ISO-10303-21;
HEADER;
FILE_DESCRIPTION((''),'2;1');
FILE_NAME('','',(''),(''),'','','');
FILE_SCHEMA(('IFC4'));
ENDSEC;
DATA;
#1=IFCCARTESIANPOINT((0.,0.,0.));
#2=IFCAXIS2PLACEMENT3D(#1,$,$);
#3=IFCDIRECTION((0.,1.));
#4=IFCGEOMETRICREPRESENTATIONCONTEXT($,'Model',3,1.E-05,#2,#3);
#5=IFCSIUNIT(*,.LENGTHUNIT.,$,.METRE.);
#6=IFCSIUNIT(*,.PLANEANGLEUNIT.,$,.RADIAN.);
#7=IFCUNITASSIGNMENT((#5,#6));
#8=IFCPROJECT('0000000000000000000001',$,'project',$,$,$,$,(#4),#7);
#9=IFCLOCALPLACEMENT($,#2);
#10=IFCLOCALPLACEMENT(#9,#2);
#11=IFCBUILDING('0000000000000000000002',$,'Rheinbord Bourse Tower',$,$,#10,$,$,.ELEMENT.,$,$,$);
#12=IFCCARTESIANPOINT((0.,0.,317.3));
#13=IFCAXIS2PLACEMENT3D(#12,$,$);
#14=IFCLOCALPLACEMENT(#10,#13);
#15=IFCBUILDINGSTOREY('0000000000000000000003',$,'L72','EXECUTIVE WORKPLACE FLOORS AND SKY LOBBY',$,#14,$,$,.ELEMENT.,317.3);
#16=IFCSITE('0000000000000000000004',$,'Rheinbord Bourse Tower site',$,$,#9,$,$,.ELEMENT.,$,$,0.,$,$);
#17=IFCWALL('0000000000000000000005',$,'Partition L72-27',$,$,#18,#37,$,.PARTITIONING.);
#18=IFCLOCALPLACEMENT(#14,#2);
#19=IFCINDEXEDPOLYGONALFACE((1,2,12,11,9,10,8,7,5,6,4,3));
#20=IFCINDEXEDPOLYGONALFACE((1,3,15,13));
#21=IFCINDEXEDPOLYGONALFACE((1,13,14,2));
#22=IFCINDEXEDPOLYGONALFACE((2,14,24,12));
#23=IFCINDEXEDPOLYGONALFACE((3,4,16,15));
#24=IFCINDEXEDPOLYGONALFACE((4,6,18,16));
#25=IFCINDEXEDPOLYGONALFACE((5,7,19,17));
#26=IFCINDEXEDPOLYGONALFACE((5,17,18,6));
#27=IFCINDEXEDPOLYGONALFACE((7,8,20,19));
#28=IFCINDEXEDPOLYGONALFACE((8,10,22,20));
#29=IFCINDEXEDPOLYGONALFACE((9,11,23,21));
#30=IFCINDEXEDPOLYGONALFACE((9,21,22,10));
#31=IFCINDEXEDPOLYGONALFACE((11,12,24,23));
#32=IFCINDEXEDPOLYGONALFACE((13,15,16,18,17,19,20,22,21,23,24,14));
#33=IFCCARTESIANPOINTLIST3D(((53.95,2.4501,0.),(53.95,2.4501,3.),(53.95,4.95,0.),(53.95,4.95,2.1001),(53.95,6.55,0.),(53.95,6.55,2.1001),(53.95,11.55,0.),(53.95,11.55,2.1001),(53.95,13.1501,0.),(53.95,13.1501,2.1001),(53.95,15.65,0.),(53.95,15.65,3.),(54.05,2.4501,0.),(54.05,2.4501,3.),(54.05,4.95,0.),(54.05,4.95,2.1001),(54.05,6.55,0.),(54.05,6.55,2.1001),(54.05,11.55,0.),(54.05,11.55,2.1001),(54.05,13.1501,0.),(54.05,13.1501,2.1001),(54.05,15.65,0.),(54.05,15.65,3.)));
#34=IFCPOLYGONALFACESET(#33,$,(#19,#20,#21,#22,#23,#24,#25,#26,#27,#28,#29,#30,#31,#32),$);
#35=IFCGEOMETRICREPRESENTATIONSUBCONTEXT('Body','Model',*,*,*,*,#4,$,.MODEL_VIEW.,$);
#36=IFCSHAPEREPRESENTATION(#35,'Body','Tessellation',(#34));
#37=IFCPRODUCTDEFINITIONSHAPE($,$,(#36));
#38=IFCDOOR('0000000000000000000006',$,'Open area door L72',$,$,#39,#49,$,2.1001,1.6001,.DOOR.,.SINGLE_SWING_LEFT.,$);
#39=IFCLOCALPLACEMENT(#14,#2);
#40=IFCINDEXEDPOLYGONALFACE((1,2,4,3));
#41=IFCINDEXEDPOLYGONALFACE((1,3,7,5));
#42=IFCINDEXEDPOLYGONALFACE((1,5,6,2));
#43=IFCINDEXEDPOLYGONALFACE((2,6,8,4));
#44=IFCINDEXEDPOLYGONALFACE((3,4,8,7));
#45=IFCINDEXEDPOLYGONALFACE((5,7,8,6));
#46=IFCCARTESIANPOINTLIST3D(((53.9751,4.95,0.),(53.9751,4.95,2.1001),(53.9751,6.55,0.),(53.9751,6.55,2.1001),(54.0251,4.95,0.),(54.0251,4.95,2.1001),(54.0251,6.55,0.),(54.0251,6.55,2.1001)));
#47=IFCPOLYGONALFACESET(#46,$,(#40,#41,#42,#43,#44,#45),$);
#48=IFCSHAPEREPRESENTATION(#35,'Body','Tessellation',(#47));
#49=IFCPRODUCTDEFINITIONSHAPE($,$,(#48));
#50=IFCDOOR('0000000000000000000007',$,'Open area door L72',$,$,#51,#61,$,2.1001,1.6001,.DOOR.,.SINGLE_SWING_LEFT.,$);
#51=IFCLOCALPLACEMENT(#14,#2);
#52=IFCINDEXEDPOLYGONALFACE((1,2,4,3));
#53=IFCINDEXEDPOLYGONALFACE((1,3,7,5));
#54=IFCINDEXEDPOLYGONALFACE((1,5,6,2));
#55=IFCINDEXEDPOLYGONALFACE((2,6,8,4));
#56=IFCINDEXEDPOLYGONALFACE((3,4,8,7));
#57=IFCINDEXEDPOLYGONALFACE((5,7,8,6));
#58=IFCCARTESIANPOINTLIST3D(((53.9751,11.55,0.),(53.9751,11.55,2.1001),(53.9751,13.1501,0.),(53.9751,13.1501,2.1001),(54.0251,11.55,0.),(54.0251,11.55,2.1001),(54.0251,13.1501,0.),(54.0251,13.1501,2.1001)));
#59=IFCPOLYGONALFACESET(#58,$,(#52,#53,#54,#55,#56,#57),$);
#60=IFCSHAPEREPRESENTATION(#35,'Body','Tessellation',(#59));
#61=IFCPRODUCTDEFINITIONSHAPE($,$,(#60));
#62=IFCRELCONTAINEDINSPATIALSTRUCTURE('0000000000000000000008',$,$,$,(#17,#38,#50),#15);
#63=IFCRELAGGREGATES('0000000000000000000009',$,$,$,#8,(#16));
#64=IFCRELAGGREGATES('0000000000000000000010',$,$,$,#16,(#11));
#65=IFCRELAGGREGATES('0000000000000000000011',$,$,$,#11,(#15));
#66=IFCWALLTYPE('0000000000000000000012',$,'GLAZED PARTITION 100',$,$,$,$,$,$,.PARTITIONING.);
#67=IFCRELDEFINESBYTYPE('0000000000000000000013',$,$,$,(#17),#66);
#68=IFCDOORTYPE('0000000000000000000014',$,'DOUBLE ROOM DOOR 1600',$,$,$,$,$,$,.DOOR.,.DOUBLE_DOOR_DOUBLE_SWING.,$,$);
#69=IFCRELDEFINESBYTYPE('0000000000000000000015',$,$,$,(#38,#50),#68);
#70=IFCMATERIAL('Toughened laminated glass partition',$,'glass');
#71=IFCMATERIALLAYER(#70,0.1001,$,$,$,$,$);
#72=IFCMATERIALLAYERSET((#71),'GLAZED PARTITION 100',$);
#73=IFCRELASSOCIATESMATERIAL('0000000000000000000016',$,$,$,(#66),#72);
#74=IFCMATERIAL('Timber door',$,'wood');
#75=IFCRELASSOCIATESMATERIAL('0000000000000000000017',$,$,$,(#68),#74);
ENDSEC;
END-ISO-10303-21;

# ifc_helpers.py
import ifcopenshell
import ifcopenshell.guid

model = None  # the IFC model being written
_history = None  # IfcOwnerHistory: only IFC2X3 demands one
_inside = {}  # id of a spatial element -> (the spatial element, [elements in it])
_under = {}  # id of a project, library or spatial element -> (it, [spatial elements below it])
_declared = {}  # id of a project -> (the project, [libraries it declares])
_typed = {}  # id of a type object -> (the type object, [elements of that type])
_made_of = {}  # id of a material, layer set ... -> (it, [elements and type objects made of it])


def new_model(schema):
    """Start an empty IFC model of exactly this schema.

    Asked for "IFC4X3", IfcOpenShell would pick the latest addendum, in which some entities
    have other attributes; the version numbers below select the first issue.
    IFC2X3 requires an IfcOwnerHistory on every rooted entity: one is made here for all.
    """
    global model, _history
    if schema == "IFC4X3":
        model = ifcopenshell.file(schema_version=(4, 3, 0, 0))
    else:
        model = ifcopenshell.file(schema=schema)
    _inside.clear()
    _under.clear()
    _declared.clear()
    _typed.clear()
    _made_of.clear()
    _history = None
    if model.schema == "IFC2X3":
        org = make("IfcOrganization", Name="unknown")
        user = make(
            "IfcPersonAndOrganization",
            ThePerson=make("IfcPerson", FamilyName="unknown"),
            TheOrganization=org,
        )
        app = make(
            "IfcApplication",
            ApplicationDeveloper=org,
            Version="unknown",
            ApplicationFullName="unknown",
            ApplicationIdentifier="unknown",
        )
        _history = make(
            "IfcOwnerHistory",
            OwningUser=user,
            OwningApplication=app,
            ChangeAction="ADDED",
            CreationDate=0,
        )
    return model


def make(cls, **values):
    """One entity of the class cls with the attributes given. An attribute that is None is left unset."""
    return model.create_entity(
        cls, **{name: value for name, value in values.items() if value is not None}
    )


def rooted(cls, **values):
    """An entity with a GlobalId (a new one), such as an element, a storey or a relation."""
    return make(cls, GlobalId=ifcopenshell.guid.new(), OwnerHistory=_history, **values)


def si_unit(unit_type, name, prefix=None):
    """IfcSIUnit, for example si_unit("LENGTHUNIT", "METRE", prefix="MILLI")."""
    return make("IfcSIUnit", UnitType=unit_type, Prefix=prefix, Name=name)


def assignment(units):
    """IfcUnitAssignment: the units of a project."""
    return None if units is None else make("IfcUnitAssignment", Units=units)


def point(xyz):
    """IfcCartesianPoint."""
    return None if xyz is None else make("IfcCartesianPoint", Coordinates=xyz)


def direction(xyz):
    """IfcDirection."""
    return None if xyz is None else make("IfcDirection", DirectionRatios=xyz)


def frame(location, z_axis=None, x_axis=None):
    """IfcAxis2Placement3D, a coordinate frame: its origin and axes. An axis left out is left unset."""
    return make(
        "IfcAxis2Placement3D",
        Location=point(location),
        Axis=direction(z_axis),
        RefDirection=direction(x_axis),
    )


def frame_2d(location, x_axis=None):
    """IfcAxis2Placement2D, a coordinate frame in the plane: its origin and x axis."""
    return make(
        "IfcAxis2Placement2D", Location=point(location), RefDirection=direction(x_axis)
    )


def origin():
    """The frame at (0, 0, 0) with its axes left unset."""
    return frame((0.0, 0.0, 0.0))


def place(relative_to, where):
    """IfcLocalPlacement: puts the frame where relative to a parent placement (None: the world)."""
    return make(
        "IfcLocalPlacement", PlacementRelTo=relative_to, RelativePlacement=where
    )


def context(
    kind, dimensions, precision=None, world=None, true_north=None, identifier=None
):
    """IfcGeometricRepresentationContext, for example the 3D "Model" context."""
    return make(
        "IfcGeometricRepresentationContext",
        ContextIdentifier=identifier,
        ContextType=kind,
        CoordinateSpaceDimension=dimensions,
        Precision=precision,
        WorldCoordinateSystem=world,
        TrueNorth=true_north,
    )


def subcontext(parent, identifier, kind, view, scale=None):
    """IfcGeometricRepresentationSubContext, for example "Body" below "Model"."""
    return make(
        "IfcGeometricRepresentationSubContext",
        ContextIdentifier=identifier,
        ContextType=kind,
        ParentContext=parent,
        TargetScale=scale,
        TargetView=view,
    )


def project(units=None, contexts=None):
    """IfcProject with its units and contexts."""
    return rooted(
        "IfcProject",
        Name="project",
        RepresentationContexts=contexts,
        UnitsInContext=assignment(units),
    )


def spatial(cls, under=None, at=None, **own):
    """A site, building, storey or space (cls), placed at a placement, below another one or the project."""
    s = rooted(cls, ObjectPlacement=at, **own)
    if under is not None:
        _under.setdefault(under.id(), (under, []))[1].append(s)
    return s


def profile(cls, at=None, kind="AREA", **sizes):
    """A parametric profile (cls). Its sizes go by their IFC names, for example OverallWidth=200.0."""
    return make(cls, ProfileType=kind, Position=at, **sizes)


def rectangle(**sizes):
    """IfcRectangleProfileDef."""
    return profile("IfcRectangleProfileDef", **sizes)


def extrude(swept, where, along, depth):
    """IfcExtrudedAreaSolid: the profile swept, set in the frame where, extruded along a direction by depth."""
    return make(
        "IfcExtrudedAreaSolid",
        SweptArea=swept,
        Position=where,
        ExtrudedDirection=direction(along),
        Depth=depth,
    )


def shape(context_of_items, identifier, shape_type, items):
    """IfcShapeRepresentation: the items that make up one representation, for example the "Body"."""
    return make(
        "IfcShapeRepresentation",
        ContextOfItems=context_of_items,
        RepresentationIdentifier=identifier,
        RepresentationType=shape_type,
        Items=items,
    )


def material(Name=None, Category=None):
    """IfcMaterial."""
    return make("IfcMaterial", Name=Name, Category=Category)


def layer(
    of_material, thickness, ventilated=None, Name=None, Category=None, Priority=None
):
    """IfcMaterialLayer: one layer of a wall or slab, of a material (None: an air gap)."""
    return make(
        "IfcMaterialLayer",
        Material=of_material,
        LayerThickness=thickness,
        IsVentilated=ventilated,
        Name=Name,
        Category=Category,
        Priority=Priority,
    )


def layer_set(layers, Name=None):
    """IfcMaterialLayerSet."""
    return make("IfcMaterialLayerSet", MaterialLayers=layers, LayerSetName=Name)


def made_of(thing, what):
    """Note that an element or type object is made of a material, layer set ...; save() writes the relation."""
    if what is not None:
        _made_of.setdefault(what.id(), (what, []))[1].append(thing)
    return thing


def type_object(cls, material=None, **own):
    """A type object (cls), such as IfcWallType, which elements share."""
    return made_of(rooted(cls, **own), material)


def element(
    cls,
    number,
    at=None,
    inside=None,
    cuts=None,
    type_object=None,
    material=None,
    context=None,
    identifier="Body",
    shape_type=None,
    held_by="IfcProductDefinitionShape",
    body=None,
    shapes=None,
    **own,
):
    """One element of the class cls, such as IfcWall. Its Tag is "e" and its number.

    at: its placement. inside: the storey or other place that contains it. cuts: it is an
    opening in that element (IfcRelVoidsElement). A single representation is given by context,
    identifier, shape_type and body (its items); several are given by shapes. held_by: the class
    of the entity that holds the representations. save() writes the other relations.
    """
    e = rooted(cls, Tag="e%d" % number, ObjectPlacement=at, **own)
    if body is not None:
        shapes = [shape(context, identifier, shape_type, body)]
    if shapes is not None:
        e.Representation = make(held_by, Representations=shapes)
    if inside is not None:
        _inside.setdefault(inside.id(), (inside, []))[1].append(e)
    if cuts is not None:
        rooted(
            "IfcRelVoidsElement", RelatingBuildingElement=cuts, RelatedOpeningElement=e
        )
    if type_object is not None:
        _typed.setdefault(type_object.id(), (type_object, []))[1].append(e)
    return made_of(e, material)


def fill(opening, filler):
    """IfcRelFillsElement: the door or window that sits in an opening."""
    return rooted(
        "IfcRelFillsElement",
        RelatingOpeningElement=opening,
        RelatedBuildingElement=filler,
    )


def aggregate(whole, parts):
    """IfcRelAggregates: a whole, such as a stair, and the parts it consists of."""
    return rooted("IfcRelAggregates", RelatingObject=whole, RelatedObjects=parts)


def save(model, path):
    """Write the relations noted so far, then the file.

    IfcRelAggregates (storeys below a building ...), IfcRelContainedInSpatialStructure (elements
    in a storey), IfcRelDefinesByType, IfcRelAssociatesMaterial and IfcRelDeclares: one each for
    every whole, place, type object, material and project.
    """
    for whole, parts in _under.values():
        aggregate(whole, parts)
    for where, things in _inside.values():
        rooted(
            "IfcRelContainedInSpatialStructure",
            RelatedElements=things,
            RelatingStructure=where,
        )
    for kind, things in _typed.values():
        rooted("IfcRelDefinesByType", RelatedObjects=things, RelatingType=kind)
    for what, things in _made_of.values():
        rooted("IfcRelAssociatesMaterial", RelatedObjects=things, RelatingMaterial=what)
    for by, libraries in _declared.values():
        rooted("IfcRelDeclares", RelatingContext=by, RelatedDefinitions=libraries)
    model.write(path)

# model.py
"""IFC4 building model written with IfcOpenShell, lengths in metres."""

from ifc_helpers import new_model, si_unit, direction, frame, frame_2d, origin, place, context, subcontext, project, spatial, rectangle, extrude, material, layer, layer_set, type_object, element, fill, save


model = new_model("IFC4")

# Units and contexts
model_context = context("Model", 3, precision=1e-05, world=origin(), true_north=direction((0.0, 1.0)))
body_context = subcontext(model_context, "Body", "Model", "MODEL_VIEW")
ifc_project = project(units=[si_unit("LENGTHUNIT", "METRE"), si_unit("PLANEANGLEUNIT", "RADIAN")], contexts=[model_context])

# Site, building, storey
site_placement = place(None, origin())
site = spatial("IfcSite", under=ifc_project, at=site_placement, Name="Rheinbord Bourse Tower site", CompositionType="ELEMENT", RefElevation=0.0)
building_placement = place(site_placement, origin())
building = spatial("IfcBuilding", under=site, at=building_placement, Name="Rheinbord Bourse Tower", CompositionType="ELEMENT")
storey_placement = place(building_placement, frame((0.0, 0.0, 317.3)))
storey = spatial("IfcBuildingStorey", under=building, at=storey_placement, Name="L72", Description="EXECUTIVE WORKPLACE FLOORS AND SKY LOBBY", CompositionType="ELEMENT", Elevation=317.3)

# Wall, openings, doors
ifc_material_1 = material(Name="Toughened laminated glass partition", Category="glass")
ifc_layer_1 = layer(ifc_material_1, 0.1001)
ifc_layer_set_1 = layer_set([ifc_layer_1], Name="GLAZED PARTITION 100")
wall_type_1 = type_object("IfcWallType", Name="GLAZED PARTITION 100", PredefinedType="PARTITIONING", material=ifc_layer_set_1)
wall_1_placement = place(storey_placement, frame((54.0, 2.45, 0.0), z_axis=(0.0, 0.0, 1.0), x_axis=(0.0, 1.0, 0.0)))
wall_1 = element("IfcWall", 1, at=wall_1_placement, inside=storey, type_object=wall_type_1, Name="Partition L72-27", PredefinedType="PARTITIONING", context=body_context, shape_type="SweptSolid", body=[
    extrude(rectangle(XDim=13.2, YDim=0.1001, at=frame_2d((6.6001, 0.0))), origin(), (0.0, 0.0, 1.0), 3.0),
])
opening_1_placement = place(wall_1_placement, frame((2.5, 0.0, 0.0)))
opening_1 = element("IfcOpeningElement", 2, at=opening_1_placement, cuts=wall_1, PredefinedType="OPENING", context=body_context, shape_type="SweptSolid", body=[
    extrude(rectangle(XDim=1.6001, YDim=2.1001, at=frame_2d((0.8, 1.05))), frame((0.0, 0.0601, 0.0), z_axis=(0.0, -1.0, 0.0), x_axis=(1.0, 0.0, 0.0)), (0.0, 0.0, 1.0), 0.1201),
])
opening_2_placement = place(wall_1_placement, frame((9.1001, 0.0, 0.0)))
opening_2 = element("IfcOpeningElement", 3, at=opening_2_placement, cuts=wall_1, PredefinedType="OPENING", context=body_context, shape_type="SweptSolid", body=[
    extrude(rectangle(XDim=1.6001, YDim=2.1001, at=frame_2d((0.8, 1.05))), frame((0.0, 0.0601, 0.0), z_axis=(0.0, -1.0, 0.0), x_axis=(1.0, 0.0, 0.0)), (0.0, 0.0, 1.0), 0.1201),
])
ifc_material_2 = material(Name="Timber door", Category="wood")
door_type = type_object("IfcDoorType", Name="DOUBLE ROOM DOOR 1600", OperationType="DOUBLE_DOOR_DOUBLE_SWING", PredefinedType="DOOR", material=ifc_material_2)
door_1_placement = place(opening_1_placement, origin())
door_1 = element("IfcDoor", 4, at=door_1_placement, inside=storey, type_object=door_type, Name="Open area door L72", OperationType="SINGLE_SWING_LEFT", OverallHeight=2.1001, OverallWidth=1.6001, PredefinedType="DOOR", context=body_context, shape_type="SweptSolid", body=[
    extrude(rectangle(XDim=1.6001, YDim=2.1001, at=frame_2d((0.8, 1.05))), frame((0.0, 0.0249, 0.0), z_axis=(0.0, -1.0, 0.0), x_axis=(1.0, 0.0, 0.0)), (0.0, 0.0, 1.0), 0.05),
])
fill(opening_1, door_1)
door_2_placement = place(opening_2_placement, origin())
door_2 = element("IfcDoor", 5, at=door_2_placement, inside=storey, type_object=door_type, Name="Open area door L72", OperationType="SINGLE_SWING_LEFT", OverallHeight=2.1001, OverallWidth=1.6001, PredefinedType="DOOR", context=body_context, shape_type="SweptSolid", body=[
    extrude(rectangle(XDim=1.6001, YDim=2.1001, at=frame_2d((0.8, 1.05))), frame((0.0, 0.0249, 0.0), z_axis=(0.0, -1.0, 0.0), x_axis=(1.0, 0.0, 0.0)), (0.0, 0.0, 1.0), 0.05),
])
fill(opening_2, door_2)

save(model, "model.ifc")
